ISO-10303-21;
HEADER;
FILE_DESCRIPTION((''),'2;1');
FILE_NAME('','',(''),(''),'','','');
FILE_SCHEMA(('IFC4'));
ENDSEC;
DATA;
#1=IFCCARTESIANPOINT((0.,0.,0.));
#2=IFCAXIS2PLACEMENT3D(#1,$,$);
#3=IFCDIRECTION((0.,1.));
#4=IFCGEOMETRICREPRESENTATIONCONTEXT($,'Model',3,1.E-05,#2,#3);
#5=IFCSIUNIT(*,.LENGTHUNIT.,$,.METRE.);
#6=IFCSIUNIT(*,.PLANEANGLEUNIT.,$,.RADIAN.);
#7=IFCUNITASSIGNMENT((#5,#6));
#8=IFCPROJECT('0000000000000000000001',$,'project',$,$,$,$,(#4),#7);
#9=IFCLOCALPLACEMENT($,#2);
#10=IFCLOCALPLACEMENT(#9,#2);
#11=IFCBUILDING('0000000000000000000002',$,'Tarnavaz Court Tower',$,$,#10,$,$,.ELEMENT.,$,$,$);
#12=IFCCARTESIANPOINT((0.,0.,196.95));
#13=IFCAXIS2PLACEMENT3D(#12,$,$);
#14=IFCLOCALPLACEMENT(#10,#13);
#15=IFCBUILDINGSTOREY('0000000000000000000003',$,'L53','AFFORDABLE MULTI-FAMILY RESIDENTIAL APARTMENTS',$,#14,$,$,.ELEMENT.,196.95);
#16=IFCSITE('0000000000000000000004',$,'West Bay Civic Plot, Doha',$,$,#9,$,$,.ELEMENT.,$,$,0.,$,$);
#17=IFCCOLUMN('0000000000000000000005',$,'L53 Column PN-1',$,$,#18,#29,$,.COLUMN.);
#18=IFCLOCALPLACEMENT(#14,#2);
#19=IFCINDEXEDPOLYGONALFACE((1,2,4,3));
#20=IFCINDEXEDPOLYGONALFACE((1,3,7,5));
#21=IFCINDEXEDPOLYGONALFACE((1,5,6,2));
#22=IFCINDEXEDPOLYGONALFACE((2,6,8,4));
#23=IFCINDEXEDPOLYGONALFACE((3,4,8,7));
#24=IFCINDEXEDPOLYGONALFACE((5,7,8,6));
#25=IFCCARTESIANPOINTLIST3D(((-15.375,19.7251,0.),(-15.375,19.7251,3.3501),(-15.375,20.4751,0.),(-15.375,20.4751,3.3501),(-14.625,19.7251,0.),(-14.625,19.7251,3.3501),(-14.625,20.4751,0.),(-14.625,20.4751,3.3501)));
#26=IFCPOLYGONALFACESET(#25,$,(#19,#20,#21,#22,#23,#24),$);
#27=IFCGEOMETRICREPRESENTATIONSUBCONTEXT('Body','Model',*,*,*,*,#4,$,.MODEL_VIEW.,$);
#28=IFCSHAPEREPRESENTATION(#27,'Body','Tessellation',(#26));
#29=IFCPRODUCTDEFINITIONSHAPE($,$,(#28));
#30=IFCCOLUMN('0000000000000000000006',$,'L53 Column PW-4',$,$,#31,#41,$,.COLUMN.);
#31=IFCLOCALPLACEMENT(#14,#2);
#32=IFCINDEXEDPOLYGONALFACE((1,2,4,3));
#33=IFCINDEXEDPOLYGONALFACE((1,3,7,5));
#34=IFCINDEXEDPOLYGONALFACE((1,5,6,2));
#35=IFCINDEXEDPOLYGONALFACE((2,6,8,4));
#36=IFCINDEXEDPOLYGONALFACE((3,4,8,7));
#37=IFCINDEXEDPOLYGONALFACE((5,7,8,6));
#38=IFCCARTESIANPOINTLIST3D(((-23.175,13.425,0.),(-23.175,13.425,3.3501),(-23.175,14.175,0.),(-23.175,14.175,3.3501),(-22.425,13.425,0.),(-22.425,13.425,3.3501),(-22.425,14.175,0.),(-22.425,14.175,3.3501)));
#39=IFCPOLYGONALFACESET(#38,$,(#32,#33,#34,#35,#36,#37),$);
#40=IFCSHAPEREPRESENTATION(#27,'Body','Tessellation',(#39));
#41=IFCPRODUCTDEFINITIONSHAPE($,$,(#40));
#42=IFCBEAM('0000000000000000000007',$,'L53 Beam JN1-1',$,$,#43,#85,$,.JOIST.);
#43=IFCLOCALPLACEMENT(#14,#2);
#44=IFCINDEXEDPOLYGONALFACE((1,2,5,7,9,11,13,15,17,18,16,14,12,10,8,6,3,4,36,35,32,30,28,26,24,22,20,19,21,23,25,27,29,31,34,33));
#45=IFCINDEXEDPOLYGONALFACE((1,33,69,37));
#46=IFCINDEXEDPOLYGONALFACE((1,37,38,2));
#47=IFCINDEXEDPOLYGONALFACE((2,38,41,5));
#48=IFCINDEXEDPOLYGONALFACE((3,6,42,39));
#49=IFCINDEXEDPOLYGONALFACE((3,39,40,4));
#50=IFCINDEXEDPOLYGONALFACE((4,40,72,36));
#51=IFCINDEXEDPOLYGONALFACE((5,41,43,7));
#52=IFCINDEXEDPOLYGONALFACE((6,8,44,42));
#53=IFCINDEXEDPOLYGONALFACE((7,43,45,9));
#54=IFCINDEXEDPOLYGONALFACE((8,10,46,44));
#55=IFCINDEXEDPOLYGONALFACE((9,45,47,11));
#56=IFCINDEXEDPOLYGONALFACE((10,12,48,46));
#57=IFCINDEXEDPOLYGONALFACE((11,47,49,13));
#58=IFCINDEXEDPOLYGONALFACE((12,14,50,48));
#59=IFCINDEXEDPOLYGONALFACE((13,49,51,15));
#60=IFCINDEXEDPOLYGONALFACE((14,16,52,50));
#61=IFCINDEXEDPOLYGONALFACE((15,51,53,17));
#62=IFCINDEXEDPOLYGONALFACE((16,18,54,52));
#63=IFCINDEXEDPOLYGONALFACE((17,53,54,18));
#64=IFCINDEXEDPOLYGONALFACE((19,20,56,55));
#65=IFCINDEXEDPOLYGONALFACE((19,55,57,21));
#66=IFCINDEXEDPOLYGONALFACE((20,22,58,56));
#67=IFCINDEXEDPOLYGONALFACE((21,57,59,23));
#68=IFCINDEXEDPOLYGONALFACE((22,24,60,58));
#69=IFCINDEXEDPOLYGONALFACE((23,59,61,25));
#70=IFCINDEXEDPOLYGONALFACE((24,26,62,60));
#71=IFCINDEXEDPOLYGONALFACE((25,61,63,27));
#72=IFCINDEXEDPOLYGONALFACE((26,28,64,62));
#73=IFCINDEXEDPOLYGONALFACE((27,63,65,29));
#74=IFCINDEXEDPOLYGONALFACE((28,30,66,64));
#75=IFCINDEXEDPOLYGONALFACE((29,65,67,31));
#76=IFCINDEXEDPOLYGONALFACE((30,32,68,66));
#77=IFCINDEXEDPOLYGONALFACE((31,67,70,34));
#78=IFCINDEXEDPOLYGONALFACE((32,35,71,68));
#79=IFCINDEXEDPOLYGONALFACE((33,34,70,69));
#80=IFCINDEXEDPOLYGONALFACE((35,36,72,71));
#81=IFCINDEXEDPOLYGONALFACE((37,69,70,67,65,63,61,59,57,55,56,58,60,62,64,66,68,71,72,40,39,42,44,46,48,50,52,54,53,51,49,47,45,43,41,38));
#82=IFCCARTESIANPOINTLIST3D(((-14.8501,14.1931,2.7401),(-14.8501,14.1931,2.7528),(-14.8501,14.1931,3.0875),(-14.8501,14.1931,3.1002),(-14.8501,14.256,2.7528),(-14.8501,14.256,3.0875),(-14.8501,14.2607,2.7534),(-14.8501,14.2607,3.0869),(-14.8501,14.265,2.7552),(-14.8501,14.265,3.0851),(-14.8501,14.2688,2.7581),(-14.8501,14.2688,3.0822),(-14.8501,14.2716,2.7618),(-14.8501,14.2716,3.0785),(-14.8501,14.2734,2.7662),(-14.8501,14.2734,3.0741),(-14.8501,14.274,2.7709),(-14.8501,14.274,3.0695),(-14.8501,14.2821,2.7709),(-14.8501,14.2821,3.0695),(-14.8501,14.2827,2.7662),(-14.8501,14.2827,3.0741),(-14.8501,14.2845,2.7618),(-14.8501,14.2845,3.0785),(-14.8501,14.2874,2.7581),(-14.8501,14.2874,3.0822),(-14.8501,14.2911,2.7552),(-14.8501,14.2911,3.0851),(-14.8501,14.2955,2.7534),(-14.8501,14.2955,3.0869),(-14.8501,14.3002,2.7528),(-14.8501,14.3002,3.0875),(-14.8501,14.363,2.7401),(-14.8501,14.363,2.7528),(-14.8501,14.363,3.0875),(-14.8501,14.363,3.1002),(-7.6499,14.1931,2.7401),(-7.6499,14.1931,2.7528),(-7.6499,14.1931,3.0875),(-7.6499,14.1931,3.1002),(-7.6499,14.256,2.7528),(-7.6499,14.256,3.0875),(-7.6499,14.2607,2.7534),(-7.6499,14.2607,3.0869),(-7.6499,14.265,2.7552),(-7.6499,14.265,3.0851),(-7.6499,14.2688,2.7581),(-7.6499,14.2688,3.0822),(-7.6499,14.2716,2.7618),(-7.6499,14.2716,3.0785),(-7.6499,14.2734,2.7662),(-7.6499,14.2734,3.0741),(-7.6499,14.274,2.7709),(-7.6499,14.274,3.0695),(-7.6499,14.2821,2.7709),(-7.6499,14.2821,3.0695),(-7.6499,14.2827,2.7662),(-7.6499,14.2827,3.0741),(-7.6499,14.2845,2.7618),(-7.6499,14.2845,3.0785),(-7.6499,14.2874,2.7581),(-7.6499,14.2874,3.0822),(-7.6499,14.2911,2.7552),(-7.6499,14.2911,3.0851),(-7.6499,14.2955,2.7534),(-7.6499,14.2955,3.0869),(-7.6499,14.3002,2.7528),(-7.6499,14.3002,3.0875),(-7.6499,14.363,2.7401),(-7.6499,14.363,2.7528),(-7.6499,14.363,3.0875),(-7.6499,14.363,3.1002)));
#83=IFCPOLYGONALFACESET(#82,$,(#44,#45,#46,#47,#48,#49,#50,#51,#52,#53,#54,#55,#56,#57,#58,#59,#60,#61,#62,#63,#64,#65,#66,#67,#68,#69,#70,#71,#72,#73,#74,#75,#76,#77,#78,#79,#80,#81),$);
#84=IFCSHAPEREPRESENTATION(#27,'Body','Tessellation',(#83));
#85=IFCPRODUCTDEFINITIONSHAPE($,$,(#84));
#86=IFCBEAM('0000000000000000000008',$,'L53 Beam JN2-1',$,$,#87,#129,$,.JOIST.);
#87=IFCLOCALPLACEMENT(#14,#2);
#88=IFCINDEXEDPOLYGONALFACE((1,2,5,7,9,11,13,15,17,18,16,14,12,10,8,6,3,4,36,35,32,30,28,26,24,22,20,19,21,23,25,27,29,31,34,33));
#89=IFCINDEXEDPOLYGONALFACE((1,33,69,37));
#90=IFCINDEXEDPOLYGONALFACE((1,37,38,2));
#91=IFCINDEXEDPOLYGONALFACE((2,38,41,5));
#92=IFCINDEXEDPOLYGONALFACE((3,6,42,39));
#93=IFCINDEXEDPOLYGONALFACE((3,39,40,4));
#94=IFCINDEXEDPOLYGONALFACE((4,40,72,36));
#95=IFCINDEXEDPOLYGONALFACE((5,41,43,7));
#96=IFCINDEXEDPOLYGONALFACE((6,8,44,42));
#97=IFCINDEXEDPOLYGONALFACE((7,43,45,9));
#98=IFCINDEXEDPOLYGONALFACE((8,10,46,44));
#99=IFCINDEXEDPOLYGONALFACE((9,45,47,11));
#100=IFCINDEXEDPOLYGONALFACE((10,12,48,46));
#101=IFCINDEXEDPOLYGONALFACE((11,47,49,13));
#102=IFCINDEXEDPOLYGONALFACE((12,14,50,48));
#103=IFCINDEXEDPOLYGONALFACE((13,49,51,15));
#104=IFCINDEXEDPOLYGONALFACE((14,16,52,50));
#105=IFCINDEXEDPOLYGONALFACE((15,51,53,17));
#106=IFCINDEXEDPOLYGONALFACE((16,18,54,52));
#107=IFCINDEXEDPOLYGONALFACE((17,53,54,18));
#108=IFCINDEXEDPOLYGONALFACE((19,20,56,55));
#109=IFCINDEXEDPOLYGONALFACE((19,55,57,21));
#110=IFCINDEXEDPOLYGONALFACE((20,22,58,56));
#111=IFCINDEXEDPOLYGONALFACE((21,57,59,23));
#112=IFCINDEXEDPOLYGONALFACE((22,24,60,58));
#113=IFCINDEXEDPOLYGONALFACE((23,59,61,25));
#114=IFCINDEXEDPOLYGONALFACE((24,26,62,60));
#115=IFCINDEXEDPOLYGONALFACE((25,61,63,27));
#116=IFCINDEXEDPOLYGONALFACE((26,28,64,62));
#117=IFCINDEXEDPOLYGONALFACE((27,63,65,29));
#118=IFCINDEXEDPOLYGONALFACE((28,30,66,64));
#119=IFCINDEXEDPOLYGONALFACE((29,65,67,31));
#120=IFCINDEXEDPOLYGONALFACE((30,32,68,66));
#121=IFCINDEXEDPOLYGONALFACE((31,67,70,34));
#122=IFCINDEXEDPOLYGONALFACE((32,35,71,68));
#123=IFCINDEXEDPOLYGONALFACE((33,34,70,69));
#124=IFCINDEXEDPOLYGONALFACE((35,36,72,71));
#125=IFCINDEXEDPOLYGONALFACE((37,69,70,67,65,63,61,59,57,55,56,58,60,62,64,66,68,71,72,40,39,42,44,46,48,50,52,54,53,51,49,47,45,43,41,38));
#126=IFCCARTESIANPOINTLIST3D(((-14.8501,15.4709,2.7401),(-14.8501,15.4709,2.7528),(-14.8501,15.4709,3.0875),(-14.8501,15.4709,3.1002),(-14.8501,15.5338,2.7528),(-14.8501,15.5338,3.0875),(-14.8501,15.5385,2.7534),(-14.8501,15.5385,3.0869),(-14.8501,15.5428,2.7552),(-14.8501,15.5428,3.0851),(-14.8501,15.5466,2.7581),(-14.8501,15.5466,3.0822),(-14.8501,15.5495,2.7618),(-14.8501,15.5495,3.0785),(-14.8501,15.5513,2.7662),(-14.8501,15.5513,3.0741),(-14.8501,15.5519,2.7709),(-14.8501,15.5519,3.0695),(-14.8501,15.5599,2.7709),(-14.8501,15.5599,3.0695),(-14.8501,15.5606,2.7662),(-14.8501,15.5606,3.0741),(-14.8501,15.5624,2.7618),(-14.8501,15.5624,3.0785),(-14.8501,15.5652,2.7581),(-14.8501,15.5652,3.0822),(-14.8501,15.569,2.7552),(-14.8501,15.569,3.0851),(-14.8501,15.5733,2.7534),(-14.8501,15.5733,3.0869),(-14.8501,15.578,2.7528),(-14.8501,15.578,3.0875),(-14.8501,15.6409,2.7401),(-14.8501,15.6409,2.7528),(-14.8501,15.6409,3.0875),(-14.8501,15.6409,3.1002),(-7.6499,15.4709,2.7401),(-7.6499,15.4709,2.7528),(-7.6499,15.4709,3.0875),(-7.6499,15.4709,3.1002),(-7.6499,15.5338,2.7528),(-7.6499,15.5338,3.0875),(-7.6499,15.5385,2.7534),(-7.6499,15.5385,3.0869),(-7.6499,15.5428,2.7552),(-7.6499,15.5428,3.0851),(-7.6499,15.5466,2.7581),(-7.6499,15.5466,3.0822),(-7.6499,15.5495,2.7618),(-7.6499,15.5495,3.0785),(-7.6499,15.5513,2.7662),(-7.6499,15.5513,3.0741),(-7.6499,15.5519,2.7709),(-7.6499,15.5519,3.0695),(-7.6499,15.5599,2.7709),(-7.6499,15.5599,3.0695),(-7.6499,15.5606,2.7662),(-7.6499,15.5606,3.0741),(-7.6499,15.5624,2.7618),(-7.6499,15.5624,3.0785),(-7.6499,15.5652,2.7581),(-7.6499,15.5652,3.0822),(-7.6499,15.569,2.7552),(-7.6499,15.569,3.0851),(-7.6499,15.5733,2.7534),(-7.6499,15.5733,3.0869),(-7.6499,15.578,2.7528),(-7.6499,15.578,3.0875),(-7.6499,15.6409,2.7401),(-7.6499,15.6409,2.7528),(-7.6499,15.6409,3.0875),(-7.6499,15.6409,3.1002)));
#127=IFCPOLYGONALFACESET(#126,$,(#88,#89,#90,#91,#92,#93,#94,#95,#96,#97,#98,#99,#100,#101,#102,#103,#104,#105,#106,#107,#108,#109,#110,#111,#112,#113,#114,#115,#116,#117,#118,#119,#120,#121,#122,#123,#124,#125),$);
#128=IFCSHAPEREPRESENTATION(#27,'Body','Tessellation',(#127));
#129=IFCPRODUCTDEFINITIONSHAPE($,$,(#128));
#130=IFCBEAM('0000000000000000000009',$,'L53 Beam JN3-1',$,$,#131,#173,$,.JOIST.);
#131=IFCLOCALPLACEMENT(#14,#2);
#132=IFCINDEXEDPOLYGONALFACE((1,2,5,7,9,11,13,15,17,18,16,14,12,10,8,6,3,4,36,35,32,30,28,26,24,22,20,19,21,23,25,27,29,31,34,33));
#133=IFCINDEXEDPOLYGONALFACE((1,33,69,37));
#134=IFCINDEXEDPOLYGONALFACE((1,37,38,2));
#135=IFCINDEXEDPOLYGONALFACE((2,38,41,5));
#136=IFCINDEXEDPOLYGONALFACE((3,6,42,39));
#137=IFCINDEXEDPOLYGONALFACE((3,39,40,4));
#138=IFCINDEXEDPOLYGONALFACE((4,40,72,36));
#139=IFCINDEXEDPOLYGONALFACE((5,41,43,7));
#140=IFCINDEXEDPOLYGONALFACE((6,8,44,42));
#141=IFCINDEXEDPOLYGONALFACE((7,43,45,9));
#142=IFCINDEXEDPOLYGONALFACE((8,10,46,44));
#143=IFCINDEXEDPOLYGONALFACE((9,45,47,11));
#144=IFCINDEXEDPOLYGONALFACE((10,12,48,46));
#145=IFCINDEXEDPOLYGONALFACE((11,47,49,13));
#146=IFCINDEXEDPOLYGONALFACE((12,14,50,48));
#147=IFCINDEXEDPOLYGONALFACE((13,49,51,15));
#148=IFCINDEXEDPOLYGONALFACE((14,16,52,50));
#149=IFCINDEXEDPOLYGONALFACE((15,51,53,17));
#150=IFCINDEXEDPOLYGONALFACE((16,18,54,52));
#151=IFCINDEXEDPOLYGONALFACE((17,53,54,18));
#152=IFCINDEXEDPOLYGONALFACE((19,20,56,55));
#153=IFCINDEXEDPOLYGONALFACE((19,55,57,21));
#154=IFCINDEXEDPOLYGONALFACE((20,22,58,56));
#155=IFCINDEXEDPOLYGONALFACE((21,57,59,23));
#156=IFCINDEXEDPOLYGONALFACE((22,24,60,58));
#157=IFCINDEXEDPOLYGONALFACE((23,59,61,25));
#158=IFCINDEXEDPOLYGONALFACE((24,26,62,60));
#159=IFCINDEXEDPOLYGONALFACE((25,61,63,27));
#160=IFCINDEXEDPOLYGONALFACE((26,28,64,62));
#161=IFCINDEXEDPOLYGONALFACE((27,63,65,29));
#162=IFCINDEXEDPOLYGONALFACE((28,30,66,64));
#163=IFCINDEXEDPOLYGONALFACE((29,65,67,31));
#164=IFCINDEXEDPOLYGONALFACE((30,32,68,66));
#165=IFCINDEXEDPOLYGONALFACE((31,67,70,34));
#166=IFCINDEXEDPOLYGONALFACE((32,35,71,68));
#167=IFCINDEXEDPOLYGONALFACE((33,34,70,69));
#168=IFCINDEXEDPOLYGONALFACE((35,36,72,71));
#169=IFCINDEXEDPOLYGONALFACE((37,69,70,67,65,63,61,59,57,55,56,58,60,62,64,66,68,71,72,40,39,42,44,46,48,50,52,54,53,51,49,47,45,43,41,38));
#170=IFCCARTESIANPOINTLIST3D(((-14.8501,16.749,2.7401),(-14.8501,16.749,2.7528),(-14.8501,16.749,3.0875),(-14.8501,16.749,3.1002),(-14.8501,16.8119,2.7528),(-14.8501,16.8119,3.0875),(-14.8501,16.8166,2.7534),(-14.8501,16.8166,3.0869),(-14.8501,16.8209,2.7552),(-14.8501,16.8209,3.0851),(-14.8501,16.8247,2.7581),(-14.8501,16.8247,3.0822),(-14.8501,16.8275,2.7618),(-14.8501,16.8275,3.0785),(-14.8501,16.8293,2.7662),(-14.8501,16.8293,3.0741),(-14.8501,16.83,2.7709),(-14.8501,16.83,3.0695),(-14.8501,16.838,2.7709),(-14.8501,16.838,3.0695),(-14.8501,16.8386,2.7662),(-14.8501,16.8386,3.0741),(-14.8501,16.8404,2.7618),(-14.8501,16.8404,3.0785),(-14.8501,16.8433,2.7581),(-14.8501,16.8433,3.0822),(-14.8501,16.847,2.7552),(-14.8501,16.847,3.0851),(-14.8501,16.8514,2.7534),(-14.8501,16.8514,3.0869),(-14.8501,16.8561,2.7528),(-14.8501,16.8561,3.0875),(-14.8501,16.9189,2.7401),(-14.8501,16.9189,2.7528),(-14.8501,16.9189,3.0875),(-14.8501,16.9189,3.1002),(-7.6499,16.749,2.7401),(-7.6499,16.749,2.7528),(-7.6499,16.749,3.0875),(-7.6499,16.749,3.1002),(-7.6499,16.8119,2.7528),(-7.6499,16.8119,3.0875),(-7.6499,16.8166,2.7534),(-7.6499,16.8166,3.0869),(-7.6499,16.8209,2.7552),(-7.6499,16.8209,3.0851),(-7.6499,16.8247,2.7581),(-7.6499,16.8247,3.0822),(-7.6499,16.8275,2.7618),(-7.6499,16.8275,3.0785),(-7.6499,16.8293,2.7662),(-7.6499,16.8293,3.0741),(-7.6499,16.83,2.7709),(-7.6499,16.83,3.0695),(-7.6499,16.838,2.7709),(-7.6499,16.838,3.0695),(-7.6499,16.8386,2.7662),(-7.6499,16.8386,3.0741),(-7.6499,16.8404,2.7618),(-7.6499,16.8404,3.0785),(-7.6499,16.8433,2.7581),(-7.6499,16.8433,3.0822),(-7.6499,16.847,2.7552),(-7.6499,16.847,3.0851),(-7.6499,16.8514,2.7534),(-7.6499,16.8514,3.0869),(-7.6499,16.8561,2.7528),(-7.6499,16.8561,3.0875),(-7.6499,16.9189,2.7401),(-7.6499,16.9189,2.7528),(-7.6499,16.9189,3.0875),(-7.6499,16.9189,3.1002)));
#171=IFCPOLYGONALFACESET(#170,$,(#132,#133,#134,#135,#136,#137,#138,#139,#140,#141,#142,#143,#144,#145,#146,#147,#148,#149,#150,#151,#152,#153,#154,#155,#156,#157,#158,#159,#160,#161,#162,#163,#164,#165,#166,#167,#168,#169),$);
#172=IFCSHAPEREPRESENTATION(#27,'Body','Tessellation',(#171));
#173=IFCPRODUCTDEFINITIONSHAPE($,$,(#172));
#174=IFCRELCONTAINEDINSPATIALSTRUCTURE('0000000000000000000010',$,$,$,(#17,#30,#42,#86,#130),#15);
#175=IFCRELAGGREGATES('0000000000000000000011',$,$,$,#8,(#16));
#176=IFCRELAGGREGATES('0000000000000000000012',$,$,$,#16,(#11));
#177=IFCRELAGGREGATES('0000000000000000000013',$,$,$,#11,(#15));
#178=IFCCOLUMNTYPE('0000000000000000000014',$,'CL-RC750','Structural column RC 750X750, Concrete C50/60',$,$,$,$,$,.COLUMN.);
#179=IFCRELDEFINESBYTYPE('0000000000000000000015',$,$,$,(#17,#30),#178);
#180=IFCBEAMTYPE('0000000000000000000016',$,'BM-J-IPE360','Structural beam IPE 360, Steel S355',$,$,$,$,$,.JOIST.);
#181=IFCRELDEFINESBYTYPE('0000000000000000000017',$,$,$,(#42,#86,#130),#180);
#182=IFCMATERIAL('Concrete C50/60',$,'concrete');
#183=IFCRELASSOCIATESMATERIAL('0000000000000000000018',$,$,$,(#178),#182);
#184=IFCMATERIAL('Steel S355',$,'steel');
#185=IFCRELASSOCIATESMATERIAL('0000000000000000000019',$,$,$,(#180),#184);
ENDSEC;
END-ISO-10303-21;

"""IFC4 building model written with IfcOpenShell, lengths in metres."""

from ifc_helpers import new_model, si_unit, direction, frame, origin, origin_2d, place, context, subcontext, project, spatial, rectangle, i_section, extrude, material, material_profile, profile_set, type_object, element, save


model = new_model("IFC4")

# Units and contexts
model_context = context("Model", 3, precision=1e-05, world=origin(), true_north=direction((0.0, 1.0)))
body_context = subcontext(model_context, "Body", "Model", "MODEL_VIEW")
ifc_project = project(units=[si_unit("LENGTHUNIT", "METRE"), si_unit("PLANEANGLEUNIT", "RADIAN")], contexts=[model_context])

# Site, building, storey
site_placement = place(None, origin())
site = spatial("IfcSite", under=ifc_project, at=site_placement, Name="West Bay Civic Plot, Doha", CompositionType="ELEMENT", RefElevation=0.0)
building_placement = place(site_placement, origin())
building = spatial("IfcBuilding", under=site, at=building_placement, Name="Tarnavaz Court Tower", CompositionType="ELEMENT")
storey_placement = place(building_placement, frame((0.0, 0.0, 196.95)))
storey = spatial("IfcBuildingStorey", under=building, at=storey_placement, Name="L53", Description="AFFORDABLE MULTI-FAMILY RESIDENTIAL APARTMENTS", CompositionType="ELEMENT", Elevation=196.95)

# Columns
ifc_material_1 = material(Name="Concrete C50/60", Category="concrete")
ifc_material_profile_1 = material_profile(ifc_material_1, rectangle(XDim=0.75, YDim=0.75, at=origin_2d()), Name="RC 750X750")
ifc_profile_set_1 = profile_set([ifc_material_profile_1], Name="Concrete C50/60")
column_type = type_object("IfcColumnType", Name="CL-RC750", Description="Structural column RC 750X750, Concrete C50/60", PredefinedType="COLUMN", material=ifc_profile_set_1)
for number, where, z_axis, x_axis, name in (
    (1, (-15.0, 20.1001, 0.0), (0.0, 0.0, 1.0), (1.0, 0.0, 0.0), "L53 Column PN-1"),
    (2, (-22.8, 13.8, 0.0), (0.0, 0.0, 1.0), (1.0, 0.0, 0.0), "L53 Column PW-4"),
):
    element("IfcColumn", number, at=place(storey_placement, frame(where, z_axis=z_axis, x_axis=x_axis)), inside=storey, type_object=column_type, Name=name, PredefinedType="COLUMN", context=body_context, shape_type="SweptSolid", body=[
        extrude(rectangle(XDim=0.75, YDim=0.75, at=origin_2d()), origin(), (0.0, 0.0, 1.0), 3.3501),
    ])

# Beams
ifc_material_2 = material(Name="Steel S355", Category="steel")
ifc_material_profile_2 = material_profile(ifc_material_2, i_section(OverallWidth=0.1699, OverallDepth=0.3601, WebThickness=0.0081, FlangeThickness=0.0127, FilletRadius=0.0181, at=origin_2d()), Name="IPE 360")
ifc_profile_set_2 = profile_set([ifc_material_profile_2], Name="Steel S355")
beam_type_1 = type_object("IfcBeamType", Name="BM-J-IPE360", Description="Structural beam IPE 360, Steel S355", PredefinedType="JOIST", material=ifc_profile_set_2)
for number, where, z_axis, x_axis, name in (
    (3, (-14.8501, 14.2781, 2.9202), (1.0, 0.0, 0.0), (0.0, 1.0, 0.0), "L53 Beam JN1-1"),
    (4, (-14.8501, 15.5559, 2.9202), (1.0, 0.0, 0.0), (0.0, 1.0, 0.0), "L53 Beam JN2-1"),
    (5, (-14.8501, 16.834, 2.9202), (1.0, 0.0, 0.0), (0.0, 1.0, 0.0), "L53 Beam JN3-1"),
):
    element("IfcBeam", number, at=place(storey_placement, frame(where, z_axis=z_axis, x_axis=x_axis)), inside=storey, type_object=beam_type_1, Name=name, PredefinedType="JOIST", context=body_context, shape_type="SweptSolid", body=[
        extrude(i_section(OverallWidth=0.1699, OverallDepth=0.3601, WebThickness=0.0081, FlangeThickness=0.0127, FilletRadius=0.0181, at=origin_2d()), origin(), (0.0, 0.0, 1.0), 7.2002),
    ])

save(model, "model.ifc")
